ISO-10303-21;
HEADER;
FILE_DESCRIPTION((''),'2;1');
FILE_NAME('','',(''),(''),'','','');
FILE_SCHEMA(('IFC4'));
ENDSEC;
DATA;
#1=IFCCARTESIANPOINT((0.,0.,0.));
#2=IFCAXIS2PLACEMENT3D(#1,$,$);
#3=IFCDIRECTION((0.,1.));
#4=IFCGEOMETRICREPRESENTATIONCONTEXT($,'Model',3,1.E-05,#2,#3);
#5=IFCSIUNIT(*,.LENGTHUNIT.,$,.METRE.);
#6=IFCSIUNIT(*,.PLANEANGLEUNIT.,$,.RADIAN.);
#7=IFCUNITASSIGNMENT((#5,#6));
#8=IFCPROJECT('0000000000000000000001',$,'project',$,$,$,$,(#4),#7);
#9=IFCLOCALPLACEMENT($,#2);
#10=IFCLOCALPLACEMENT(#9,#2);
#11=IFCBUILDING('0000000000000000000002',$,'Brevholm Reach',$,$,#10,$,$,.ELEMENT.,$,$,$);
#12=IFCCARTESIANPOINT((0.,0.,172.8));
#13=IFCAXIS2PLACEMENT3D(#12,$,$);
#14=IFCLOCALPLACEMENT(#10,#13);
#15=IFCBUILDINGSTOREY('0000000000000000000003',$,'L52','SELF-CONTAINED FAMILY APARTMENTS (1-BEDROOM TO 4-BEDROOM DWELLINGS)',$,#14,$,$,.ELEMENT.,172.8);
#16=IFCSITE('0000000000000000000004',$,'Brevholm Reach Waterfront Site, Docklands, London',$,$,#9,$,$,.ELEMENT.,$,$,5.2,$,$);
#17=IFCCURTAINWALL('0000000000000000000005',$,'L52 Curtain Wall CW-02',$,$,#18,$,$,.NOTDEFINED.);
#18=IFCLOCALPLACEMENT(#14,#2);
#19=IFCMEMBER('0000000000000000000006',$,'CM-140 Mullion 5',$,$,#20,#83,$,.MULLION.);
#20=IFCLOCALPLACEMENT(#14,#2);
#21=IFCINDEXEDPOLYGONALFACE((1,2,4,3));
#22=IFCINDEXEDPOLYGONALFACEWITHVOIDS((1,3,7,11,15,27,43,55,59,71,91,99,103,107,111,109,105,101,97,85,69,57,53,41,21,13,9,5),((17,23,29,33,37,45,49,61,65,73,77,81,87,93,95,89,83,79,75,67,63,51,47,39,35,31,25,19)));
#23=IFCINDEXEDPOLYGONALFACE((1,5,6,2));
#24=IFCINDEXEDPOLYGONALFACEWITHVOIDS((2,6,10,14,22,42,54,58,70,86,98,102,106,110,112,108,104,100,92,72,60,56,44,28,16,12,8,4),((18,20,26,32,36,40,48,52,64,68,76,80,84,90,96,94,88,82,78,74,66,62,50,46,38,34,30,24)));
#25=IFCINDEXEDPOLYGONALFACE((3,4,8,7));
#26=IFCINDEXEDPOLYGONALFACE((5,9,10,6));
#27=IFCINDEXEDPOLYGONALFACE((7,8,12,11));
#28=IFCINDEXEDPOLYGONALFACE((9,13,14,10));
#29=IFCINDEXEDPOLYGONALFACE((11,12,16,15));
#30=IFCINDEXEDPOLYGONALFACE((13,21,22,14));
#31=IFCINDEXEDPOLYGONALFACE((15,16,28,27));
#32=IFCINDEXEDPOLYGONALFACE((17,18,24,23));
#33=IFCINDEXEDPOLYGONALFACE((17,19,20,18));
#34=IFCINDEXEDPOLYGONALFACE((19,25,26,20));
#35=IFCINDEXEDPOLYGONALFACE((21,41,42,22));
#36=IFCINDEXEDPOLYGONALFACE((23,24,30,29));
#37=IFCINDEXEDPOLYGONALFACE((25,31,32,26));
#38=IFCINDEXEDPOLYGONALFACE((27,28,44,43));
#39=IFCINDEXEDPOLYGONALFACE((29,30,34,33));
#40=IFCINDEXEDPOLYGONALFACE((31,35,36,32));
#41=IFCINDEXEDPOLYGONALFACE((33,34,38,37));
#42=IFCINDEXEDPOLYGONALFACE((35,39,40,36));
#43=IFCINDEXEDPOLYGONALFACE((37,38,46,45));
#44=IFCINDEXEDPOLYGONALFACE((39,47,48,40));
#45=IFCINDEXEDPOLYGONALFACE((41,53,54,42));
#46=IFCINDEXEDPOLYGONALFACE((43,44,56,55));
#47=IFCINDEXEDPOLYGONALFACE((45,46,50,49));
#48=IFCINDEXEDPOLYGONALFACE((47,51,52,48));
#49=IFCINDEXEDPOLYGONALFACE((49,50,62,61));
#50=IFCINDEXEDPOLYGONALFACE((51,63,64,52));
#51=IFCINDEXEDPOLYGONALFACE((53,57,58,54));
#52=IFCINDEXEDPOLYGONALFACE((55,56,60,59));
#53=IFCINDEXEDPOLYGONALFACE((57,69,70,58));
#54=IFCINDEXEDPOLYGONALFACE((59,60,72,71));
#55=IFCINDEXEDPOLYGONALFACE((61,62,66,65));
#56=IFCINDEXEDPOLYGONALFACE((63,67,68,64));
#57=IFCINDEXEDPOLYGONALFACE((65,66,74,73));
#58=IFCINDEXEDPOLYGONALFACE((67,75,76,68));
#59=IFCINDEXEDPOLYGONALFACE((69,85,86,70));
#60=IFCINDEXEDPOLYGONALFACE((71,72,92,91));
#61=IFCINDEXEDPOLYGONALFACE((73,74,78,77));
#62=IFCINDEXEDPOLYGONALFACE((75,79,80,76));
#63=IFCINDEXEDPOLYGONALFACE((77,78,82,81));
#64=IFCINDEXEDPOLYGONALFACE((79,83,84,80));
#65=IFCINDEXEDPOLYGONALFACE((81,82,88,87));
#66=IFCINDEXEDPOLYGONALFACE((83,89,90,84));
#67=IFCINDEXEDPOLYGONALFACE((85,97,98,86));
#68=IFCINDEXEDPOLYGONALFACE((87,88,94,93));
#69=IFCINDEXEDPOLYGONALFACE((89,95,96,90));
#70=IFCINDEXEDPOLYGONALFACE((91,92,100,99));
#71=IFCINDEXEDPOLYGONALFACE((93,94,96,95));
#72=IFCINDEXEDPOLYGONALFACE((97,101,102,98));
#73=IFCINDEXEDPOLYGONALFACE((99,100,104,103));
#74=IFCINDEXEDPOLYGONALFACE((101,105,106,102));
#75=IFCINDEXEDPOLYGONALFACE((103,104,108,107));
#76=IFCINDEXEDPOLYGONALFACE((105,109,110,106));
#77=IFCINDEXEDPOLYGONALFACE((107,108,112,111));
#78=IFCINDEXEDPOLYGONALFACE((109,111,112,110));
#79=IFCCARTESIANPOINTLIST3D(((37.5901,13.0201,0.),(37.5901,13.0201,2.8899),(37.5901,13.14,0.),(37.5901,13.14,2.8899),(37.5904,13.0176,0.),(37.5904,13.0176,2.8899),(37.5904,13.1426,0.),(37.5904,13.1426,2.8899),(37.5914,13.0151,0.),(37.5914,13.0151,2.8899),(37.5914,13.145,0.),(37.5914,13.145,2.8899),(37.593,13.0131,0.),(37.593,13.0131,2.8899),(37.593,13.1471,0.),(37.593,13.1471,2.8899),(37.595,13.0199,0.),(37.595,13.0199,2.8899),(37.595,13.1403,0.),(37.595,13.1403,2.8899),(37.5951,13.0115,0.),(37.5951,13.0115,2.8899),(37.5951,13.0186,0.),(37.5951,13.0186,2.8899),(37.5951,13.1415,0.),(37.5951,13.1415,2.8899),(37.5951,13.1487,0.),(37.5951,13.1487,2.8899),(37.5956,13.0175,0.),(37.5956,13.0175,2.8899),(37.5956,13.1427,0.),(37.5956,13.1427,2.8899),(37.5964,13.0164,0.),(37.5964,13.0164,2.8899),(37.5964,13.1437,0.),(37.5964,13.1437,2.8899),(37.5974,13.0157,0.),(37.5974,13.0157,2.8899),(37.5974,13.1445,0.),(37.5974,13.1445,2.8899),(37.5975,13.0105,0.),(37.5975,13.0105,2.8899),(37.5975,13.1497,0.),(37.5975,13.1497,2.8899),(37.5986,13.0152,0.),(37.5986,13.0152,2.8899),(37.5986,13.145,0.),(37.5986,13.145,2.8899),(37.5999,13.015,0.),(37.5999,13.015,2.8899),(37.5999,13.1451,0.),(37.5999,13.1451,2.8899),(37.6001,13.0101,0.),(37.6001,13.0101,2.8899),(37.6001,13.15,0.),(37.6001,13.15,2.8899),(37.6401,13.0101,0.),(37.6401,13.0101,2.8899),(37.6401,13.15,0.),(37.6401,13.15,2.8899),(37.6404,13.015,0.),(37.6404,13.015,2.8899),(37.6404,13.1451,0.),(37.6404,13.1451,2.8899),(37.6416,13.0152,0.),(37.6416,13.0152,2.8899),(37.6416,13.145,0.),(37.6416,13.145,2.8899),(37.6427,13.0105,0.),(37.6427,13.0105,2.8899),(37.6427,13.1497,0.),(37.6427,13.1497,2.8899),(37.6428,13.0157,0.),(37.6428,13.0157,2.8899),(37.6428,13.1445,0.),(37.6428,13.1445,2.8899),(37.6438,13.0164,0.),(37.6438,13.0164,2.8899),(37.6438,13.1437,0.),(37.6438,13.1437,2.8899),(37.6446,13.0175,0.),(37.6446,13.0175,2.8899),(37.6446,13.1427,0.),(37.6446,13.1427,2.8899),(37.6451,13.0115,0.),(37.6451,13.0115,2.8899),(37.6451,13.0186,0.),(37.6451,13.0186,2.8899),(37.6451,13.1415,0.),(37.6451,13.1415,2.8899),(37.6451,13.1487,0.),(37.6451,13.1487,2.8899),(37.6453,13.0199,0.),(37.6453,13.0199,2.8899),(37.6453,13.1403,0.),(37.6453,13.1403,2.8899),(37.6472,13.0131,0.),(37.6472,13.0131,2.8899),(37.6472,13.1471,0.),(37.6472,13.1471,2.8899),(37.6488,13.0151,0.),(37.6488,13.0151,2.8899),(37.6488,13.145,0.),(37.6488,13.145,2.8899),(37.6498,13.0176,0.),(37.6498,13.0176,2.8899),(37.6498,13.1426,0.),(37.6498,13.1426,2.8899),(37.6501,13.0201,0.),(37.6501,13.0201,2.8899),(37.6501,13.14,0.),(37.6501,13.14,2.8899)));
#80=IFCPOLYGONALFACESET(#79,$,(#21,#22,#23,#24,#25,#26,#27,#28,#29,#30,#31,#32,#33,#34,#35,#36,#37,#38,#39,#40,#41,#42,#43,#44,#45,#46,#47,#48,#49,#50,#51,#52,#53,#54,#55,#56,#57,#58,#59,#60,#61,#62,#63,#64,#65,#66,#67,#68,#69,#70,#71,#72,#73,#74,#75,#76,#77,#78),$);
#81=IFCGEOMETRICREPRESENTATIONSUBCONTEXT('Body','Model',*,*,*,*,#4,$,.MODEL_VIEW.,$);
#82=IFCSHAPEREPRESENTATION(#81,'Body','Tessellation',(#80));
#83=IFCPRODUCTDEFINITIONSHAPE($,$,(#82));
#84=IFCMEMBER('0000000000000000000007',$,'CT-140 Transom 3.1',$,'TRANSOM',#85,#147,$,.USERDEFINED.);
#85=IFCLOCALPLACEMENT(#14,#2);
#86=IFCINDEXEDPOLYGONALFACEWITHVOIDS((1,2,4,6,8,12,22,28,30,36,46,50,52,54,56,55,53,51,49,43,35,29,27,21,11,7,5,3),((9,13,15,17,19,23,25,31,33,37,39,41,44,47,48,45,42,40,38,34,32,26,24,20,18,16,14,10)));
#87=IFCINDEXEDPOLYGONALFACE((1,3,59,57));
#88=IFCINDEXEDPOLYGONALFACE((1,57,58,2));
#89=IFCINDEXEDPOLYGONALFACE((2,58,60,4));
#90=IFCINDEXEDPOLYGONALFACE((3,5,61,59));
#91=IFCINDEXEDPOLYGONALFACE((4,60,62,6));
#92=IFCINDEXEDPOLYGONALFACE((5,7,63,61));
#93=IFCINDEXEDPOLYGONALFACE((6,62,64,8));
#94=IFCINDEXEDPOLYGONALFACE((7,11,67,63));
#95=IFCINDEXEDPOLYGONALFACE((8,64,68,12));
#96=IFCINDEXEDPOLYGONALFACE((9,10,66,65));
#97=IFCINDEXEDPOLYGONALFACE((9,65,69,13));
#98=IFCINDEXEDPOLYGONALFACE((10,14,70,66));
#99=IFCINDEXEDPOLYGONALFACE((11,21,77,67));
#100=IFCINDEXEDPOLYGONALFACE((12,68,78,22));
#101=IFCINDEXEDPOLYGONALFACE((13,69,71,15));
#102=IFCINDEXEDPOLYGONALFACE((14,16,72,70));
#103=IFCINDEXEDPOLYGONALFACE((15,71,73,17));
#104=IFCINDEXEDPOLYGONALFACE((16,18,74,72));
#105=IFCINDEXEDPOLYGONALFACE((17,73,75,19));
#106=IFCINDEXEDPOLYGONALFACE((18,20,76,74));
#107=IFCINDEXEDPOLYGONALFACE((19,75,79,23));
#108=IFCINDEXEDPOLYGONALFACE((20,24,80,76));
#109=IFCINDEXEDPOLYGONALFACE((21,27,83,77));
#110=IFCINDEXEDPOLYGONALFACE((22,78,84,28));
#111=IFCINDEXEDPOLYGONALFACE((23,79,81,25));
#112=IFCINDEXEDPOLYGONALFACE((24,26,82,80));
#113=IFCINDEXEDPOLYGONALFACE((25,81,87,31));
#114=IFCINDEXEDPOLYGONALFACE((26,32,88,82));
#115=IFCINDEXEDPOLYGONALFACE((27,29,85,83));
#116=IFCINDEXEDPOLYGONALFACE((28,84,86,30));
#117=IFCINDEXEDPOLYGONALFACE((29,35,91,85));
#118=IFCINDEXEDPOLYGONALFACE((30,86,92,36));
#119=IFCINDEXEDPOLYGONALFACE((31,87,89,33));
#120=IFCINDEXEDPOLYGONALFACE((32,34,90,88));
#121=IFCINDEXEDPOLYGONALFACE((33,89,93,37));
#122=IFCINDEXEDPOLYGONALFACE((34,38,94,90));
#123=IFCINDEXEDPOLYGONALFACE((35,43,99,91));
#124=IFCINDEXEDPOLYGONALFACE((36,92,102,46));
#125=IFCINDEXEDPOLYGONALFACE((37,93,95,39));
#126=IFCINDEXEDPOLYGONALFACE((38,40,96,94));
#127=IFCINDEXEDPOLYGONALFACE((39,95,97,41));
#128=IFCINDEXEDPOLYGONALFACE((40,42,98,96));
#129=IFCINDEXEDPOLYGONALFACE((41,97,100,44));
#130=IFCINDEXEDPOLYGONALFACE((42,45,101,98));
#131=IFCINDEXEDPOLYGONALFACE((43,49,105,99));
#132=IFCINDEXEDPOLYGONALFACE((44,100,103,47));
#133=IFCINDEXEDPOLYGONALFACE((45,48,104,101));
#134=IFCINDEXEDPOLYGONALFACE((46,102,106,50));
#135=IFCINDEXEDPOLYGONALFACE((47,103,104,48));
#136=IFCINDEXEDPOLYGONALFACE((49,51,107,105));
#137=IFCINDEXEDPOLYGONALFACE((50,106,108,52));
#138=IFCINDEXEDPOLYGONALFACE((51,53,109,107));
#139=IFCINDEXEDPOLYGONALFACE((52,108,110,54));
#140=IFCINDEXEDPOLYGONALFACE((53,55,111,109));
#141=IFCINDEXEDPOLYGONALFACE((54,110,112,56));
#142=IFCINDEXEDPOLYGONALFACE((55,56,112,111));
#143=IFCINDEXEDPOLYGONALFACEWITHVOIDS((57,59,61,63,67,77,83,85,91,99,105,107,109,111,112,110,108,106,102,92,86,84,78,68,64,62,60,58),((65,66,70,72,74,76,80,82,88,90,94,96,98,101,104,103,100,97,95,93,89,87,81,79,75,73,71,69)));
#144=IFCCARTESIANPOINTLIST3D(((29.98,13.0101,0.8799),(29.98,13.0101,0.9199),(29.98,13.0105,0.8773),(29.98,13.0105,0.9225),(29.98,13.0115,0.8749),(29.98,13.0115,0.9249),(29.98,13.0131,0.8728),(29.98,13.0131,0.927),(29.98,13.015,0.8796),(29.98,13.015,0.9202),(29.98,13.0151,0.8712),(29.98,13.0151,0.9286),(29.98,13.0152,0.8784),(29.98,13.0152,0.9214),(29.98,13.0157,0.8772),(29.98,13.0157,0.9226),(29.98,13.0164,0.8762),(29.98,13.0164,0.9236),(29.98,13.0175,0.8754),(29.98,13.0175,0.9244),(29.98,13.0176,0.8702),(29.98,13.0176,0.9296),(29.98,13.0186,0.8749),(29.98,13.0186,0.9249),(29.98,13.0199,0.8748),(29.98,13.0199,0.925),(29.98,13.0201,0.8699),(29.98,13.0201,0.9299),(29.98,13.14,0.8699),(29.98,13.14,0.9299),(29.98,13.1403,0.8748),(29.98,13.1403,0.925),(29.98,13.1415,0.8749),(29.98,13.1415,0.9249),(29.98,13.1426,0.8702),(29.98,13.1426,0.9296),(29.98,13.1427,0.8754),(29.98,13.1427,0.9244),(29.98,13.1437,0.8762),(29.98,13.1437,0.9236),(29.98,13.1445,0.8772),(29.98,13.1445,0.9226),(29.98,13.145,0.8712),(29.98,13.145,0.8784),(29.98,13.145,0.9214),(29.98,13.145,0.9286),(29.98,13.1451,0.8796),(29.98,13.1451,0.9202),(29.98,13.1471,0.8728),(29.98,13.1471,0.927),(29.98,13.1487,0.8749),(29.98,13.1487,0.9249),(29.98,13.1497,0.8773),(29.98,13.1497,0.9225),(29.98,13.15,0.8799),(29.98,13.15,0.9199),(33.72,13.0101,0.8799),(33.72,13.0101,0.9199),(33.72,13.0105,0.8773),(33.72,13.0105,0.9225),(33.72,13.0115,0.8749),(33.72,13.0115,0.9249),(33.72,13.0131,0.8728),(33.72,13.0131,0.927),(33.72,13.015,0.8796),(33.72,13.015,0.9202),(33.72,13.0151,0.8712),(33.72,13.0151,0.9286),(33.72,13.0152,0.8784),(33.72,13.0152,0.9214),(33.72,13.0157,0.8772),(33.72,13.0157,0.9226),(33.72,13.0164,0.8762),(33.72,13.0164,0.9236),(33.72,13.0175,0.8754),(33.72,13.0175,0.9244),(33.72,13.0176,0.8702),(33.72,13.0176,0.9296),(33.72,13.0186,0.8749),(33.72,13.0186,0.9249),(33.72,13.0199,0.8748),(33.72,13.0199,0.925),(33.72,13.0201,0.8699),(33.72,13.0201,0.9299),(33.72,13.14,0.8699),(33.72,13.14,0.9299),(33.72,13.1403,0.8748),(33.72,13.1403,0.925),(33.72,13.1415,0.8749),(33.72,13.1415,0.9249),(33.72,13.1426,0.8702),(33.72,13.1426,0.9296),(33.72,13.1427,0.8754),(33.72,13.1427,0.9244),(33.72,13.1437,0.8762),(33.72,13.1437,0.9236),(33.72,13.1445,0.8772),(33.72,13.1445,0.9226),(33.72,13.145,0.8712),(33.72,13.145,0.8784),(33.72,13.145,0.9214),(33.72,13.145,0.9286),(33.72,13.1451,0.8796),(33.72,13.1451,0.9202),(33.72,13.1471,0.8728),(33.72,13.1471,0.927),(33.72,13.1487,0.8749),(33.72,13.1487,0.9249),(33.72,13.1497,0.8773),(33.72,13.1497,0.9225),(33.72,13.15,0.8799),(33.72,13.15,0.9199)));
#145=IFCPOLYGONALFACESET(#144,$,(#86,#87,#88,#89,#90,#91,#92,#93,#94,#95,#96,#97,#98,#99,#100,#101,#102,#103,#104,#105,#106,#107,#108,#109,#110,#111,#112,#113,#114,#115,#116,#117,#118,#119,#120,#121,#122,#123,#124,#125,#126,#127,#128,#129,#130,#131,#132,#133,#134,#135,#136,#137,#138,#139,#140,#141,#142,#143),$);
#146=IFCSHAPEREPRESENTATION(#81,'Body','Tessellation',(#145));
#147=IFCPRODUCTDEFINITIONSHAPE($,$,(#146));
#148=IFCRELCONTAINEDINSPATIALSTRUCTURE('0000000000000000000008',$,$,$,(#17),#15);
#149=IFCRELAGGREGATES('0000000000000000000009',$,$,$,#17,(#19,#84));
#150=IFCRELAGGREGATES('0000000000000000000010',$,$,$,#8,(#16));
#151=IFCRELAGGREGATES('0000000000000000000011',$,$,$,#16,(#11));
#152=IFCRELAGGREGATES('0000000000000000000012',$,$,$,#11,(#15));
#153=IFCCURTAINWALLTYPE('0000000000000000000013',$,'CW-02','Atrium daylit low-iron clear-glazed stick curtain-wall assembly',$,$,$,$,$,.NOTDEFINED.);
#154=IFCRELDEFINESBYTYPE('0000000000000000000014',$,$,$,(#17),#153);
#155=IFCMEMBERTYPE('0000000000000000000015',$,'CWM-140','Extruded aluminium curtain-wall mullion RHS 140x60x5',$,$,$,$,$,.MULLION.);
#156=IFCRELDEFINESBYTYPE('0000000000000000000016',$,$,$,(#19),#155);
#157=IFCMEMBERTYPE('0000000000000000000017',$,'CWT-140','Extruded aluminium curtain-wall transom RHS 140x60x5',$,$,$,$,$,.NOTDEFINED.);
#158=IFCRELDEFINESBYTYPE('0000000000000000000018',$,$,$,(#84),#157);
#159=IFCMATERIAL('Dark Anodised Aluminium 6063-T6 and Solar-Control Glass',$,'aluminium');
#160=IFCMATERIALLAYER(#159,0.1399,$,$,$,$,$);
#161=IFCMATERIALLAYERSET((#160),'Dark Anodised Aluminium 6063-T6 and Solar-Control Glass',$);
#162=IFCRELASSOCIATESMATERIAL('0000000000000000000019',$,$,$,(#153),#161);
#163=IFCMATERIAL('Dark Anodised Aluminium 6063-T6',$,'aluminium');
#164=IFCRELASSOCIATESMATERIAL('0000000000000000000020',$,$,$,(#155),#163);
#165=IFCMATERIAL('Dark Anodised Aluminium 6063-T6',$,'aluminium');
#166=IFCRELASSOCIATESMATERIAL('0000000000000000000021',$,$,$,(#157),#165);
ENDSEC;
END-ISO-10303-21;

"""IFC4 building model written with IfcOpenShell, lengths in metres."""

from ifc_helpers import new_model, si_unit, direction, frame, origin, origin_2d, place, context, subcontext, project, spatial, hollow_rectangle, extrude, material, layer, layer_set, material_profile, profile_set, type_object, element, aggregate, save


model = new_model("IFC4")

# Units and contexts
model_context = context("Model", 3, precision=1e-05, world=origin(), true_north=direction((0.0, 1.0)))
body_context = subcontext(model_context, "Body", "Model", "MODEL_VIEW")
ifc_project = project(units=[si_unit("LENGTHUNIT", "METRE"), si_unit("PLANEANGLEUNIT", "RADIAN")], contexts=[model_context])

# Site, building, storey
site_placement = place(None, origin())
site = spatial("IfcSite", under=ifc_project, at=site_placement, Name="Brevholm Reach Waterfront Site, Docklands, London", CompositionType="ELEMENT", RefElevation=5.2)
building_placement = place(site_placement, origin())
building = spatial("IfcBuilding", under=site, at=building_placement, Name="Brevholm Reach", CompositionType="ELEMENT")
storey_placement = place(building_placement, frame((0.0, 0.0, 172.8)))
storey = spatial("IfcBuildingStorey", under=building, at=storey_placement, Name="L52", Description="SELF-CONTAINED FAMILY APARTMENTS (1-BEDROOM TO 4-BEDROOM DWELLINGS)", CompositionType="ELEMENT", Elevation=172.8)

# Curtain wall, members
ifc_material_1 = material(Name="Dark Anodised Aluminium 6063-T6 and Solar-Control Glass", Category="aluminium")
ifc_layer_1 = layer(ifc_material_1, 0.1399)
ifc_layer_set_1 = layer_set([ifc_layer_1], Name="Dark Anodised Aluminium 6063-T6 and Solar-Control Glass")
curtain_wall_type = type_object("IfcCurtainWallType", Name="CW-02", Description="Atrium daylit low-iron clear-glazed stick curtain-wall assembly", PredefinedType="NOTDEFINED", material=ifc_layer_set_1)
curtain_wall_placement = place(storey_placement, origin())
curtain_wall = element("IfcCurtainWall", 1, at=curtain_wall_placement, inside=storey, type_object=curtain_wall_type, Name="L52 Curtain Wall CW-02", PredefinedType="NOTDEFINED")
ifc_material_2 = material(Name="Dark Anodised Aluminium 6063-T6", Category="aluminium")
ifc_material_profile_1 = material_profile(ifc_material_2, hollow_rectangle(XDim=0.0601, YDim=0.1399, WallThickness=0.0049, InnerFilletRadius=0.0049, OuterFilletRadius=0.01, at=origin_2d()), Name="RHS 140x60x5")
ifc_profile_set_1 = profile_set([ifc_material_profile_1], Name="Dark Anodised Aluminium 6063-T6")
member_type_1 = type_object("IfcMemberType", Name="CWM-140", Description="Extruded aluminium curtain-wall mullion RHS 140x60x5", PredefinedType="MULLION", material=ifc_profile_set_1)
member_1_placement = place(storey_placement, frame((37.6201, 13.0801, 0.0), z_axis=(0.0, 0.0, 1.0), x_axis=(1.0, 0.0, 0.0)))
member_1 = element("IfcMember", 2, at=member_1_placement, type_object=member_type_1, Name="CM-140 Mullion 5", PredefinedType="MULLION", context=body_context, shape_type="SweptSolid", body=[
    extrude(hollow_rectangle(XDim=0.0601, YDim=0.1399, WallThickness=0.0049, InnerFilletRadius=0.0049, OuterFilletRadius=0.01, at=origin_2d()), origin(), (0.0, 0.0, 1.0), 2.8899),
])
ifc_material_3 = material(Name="Dark Anodised Aluminium 6063-T6", Category="aluminium")
ifc_material_profile_2 = material_profile(ifc_material_3, hollow_rectangle(XDim=0.0601, YDim=0.1399, WallThickness=0.0049, InnerFilletRadius=0.0049, OuterFilletRadius=0.01, at=origin_2d()), Name="RHS 140x60x5")
ifc_profile_set_2 = profile_set([ifc_material_profile_2], Name="Dark Anodised Aluminium 6063-T6")
member_type_2 = type_object("IfcMemberType", Name="CWT-140", Description="Extruded aluminium curtain-wall transom RHS 140x60x5", PredefinedType="NOTDEFINED", material=ifc_profile_set_2)
member_2_placement = place(storey_placement, frame((29.98, 13.0801, 0.8999), z_axis=(1.0, 0.0, 0.0), x_axis=(0.0, 0.0, 1.0)))
member_2 = element("IfcMember", 3, at=member_2_placement, type_object=member_type_2, Name="CT-140 Transom 3.1", ObjectType="TRANSOM", PredefinedType="USERDEFINED", context=body_context, shape_type="SweptSolid", body=[
    extrude(hollow_rectangle(XDim=0.0601, YDim=0.1399, WallThickness=0.0049, InnerFilletRadius=0.0049, OuterFilletRadius=0.01, at=origin_2d()), origin(), (0.0, 0.0, 1.0), 3.74),
])
aggregate(curtain_wall, [member_1, member_2])

save(model, "model.ifc")
